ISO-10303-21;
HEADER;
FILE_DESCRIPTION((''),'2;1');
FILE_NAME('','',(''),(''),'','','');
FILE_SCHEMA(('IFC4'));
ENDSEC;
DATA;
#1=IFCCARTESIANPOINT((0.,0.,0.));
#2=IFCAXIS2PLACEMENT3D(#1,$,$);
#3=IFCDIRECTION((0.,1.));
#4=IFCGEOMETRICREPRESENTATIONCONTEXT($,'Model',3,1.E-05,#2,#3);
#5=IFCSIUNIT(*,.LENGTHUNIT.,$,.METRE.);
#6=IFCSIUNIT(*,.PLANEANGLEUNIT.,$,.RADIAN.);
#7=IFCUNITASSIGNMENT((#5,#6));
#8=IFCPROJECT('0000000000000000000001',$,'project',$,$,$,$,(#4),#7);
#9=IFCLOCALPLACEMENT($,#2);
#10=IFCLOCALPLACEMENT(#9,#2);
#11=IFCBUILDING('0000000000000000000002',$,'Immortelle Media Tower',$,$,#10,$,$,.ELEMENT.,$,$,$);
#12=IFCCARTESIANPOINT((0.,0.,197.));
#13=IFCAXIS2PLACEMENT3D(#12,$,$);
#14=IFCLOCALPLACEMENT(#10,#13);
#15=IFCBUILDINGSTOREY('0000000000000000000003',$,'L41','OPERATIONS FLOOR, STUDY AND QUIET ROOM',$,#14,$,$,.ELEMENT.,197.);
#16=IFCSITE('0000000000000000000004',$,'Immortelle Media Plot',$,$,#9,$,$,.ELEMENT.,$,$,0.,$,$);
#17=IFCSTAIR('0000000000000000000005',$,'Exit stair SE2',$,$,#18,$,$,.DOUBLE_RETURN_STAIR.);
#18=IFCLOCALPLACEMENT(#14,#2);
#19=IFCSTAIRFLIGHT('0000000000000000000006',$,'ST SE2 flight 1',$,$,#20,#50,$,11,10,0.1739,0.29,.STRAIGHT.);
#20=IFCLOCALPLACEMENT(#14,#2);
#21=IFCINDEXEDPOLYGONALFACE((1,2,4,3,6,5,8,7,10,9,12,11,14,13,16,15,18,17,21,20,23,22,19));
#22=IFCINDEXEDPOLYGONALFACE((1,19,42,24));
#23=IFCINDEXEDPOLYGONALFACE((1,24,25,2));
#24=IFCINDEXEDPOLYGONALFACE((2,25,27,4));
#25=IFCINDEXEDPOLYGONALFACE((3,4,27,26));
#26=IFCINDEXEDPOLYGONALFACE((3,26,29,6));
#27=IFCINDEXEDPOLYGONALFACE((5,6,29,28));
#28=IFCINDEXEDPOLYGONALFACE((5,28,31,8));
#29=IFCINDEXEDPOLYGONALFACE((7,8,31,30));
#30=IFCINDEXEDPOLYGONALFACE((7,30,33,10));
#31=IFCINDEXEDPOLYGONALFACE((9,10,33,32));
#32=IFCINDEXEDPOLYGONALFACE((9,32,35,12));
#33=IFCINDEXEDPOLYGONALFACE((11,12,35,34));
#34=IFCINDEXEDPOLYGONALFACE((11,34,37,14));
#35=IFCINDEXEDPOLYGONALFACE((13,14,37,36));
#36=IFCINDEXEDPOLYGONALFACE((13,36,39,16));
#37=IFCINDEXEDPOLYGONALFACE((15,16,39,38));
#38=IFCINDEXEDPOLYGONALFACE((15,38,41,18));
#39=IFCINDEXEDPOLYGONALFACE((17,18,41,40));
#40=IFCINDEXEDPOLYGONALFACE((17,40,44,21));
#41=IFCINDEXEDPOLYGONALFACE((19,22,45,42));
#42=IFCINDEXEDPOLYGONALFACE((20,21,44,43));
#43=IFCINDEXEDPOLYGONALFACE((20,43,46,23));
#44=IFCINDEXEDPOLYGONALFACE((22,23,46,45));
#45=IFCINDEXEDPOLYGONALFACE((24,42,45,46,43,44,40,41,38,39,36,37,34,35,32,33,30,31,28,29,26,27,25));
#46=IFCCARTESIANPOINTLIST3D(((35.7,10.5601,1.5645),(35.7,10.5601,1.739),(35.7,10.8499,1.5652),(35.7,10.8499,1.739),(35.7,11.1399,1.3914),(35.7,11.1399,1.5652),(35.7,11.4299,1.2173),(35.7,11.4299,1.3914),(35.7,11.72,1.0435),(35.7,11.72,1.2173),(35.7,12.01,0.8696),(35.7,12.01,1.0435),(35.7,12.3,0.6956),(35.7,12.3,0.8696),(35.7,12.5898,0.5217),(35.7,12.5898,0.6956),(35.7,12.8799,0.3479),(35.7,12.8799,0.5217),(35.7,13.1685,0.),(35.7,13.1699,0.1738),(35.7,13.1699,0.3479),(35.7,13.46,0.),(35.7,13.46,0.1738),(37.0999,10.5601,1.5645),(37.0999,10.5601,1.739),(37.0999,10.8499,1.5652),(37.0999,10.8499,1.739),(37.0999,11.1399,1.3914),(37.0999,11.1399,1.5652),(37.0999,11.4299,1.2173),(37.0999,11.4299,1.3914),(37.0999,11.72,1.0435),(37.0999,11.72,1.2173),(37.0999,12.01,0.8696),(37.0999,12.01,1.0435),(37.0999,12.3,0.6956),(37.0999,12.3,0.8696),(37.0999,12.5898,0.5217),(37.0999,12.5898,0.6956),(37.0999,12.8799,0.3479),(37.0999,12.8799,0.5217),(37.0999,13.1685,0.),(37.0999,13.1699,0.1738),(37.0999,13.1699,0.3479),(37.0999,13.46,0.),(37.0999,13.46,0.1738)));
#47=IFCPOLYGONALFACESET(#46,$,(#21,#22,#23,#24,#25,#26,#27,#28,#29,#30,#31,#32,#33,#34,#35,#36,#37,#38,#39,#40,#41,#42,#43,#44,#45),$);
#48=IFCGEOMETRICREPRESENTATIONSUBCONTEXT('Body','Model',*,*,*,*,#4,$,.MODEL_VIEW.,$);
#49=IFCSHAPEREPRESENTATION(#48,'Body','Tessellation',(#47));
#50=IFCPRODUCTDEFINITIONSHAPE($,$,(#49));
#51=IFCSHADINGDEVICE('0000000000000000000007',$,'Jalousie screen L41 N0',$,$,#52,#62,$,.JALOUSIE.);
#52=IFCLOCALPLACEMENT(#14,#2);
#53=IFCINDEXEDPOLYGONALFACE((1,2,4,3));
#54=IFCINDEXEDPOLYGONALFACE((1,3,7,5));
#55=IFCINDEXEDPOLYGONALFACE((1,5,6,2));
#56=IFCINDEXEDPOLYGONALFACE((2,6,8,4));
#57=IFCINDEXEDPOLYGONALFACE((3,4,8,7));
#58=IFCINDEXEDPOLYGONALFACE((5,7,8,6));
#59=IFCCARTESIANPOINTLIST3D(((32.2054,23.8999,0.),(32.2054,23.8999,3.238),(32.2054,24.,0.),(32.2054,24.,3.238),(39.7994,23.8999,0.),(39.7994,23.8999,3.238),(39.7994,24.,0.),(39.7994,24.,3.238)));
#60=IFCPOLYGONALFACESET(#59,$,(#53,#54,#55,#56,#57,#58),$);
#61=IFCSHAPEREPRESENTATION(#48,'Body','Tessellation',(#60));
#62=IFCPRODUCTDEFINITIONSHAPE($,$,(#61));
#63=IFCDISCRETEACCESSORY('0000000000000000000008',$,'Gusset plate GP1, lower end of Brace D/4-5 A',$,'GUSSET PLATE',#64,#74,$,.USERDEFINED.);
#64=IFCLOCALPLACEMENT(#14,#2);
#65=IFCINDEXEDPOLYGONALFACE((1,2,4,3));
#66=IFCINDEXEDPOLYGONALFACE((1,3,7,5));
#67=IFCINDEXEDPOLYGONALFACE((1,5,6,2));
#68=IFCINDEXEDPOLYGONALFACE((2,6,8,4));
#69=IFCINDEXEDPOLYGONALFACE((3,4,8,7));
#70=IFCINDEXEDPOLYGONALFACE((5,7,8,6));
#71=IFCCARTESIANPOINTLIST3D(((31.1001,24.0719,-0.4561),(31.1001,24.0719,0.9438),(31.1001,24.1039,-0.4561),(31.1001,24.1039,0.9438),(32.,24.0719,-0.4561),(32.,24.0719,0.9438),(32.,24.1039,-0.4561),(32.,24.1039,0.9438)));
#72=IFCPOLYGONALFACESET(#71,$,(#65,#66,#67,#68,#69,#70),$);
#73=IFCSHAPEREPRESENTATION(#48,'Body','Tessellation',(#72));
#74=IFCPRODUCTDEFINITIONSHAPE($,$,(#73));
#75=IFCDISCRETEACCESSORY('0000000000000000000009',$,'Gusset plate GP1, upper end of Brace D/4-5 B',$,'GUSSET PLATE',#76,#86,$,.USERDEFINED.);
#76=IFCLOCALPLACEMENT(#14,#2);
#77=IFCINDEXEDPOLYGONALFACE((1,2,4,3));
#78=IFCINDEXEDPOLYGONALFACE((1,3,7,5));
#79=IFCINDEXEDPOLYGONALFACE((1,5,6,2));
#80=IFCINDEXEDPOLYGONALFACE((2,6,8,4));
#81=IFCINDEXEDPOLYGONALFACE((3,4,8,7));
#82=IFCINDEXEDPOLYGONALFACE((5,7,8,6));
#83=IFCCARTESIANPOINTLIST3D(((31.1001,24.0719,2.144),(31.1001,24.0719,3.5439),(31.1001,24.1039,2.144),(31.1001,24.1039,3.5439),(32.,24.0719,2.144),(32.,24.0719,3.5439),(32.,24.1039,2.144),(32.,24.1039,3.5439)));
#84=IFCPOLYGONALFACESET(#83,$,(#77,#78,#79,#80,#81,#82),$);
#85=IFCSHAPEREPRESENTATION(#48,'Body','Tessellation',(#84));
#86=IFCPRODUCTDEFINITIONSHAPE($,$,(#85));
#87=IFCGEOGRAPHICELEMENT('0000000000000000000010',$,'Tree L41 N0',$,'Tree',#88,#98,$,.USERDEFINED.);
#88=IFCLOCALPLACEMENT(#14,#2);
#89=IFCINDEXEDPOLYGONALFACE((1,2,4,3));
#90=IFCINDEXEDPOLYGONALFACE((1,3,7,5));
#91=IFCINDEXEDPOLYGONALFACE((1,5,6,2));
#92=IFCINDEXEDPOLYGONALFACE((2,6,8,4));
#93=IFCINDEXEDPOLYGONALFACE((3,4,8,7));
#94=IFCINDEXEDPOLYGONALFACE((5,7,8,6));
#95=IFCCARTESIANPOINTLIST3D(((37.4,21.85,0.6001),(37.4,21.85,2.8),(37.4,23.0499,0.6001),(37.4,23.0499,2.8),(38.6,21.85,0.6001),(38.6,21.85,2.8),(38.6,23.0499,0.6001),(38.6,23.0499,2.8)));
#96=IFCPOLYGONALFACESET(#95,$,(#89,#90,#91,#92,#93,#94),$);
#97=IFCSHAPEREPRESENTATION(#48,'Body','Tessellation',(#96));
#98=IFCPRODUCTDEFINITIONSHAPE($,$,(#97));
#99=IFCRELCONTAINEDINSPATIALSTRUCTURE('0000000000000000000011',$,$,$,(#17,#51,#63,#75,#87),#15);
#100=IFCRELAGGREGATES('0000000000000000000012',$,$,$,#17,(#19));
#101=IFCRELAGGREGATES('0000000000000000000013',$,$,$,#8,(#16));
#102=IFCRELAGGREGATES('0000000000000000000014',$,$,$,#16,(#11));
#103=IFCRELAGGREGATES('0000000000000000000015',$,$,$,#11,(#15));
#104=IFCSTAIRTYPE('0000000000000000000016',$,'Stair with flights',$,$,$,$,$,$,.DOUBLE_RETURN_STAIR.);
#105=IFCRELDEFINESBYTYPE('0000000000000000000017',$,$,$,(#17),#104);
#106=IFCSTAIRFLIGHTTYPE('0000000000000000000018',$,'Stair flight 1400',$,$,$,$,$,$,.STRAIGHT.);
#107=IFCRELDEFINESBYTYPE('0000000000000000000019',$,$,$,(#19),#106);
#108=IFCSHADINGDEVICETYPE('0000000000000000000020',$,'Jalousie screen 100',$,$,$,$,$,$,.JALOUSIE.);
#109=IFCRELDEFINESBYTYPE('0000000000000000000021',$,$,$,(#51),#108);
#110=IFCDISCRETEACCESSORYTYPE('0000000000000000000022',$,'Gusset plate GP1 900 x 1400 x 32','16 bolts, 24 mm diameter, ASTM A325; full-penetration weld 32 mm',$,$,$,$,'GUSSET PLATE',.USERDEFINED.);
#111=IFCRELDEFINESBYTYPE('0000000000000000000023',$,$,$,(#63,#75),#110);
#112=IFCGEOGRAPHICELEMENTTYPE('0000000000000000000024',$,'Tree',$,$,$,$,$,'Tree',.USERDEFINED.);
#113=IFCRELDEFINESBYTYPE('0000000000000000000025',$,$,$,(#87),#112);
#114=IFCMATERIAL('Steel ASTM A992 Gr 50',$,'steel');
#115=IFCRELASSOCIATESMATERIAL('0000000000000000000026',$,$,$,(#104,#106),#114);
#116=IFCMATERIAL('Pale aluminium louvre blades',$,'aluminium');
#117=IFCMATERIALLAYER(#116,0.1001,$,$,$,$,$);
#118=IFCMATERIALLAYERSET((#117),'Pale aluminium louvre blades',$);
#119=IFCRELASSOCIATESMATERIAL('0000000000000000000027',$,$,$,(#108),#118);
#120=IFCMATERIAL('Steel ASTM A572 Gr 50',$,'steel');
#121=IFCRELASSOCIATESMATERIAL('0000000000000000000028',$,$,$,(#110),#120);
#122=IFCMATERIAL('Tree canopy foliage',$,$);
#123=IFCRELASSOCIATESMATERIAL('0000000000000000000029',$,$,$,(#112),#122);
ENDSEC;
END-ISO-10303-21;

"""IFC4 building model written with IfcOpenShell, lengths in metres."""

from ifc_helpers import new_model, si_unit, direction, frame, origin, origin_2d, place, context, subcontext, project, spatial, polyline, rectangle, outline, extrude, material, layer, layer_set, material_profile, profile_set, type_object, element, aggregate, save


model = new_model("IFC4")

# Units and contexts
model_context = context("Model", 3, precision=1e-05, world=origin(), true_north=direction((0.0, 1.0)))
body_context = subcontext(model_context, "Body", "Model", "MODEL_VIEW")
ifc_project = project(units=[si_unit("LENGTHUNIT", "METRE"), si_unit("PLANEANGLEUNIT", "RADIAN")], contexts=[model_context])

# Site, building, storey
site_placement = place(None, origin())
site = spatial("IfcSite", under=ifc_project, at=site_placement, Name="Immortelle Media Plot", CompositionType="ELEMENT", RefElevation=0.0)
building_placement = place(site_placement, origin())
building = spatial("IfcBuilding", under=site, at=building_placement, Name="Immortelle Media Tower", CompositionType="ELEMENT")
storey_placement = place(building_placement, frame((0.0, 0.0, 197.0)))
storey = spatial("IfcBuildingStorey", under=building, at=storey_placement, Name="L41", Description="OPERATIONS FLOOR, STUDY AND QUIET ROOM", CompositionType="ELEMENT", Elevation=197.0)

# Shared definitions
ifc_material_1 = material(Name="Steel ASTM A992 Gr 50", Category="steel")

# Stair, stair flight
stair_type = type_object("IfcStairType", Name="Stair with flights", PredefinedType="DOUBLE_RETURN_STAIR", material=ifc_material_1)
stair_flight_type = type_object("IfcStairFlightType", Name="Stair flight 1400", PredefinedType="STRAIGHT", material=ifc_material_1)
stair_1_placement = place(storey_placement, origin())
stair_1 = element("IfcStair", 1, at=stair_1_placement, inside=storey, type_object=stair_type, Name="Exit stair SE2", PredefinedType="DOUBLE_RETURN_STAIR")
stair_flight_1_placement = place(storey_placement, frame((36.3999, 13.46, 0.0), z_axis=(0.0, 0.0, 1.0), x_axis=(0.0, -1.0, 0.0)))
stair_flight_1 = element("IfcStairFlight", 2, at=stair_flight_1_placement, type_object=stair_flight_type, Name="ST SE2 flight 1", NumberOfRisers=11, NumberOfTreads=10, PredefinedType="STRAIGHT", RiserHeight=0.1739, TreadLength=0.29, context=body_context, shape_type="SweptSolid", body=[
    extrude(outline(polyline([(0.0, 0.0), (0.0, 0.1738), (0.29, 0.1738), (0.29, 0.3479), (0.5801, 0.3479), (0.5801, 0.5217), (0.8701, 0.5217), (0.8701, 0.6956), (1.1599, 0.6956), (1.1599, 0.8696), (1.45, 0.8696), (1.45, 1.0435), (1.74, 1.0435), (1.74, 1.2173), (2.03, 1.2173), (2.03, 1.3914), (2.3201, 1.3914), (2.3201, 1.5652), (2.6101, 1.5652), (2.6101, 1.739), (2.8999, 1.739), (2.8999, 1.9131), (2.8999, 1.5645), (0.2915, 0.0), (0.0, 0.0)])), frame((0.0, 0.7, 0.0), z_axis=(0.0, -1.0, 0.0), x_axis=(1.0, 0.0, 0.0)), (0.0, 0.0, 1.0), 1.3999),
])
aggregate(stair_1, [stair_flight_1])

# Shading device
ifc_material_2 = material(Name="Pale aluminium louvre blades", Category="aluminium")
ifc_layer_1 = layer(ifc_material_2, 0.1001)
ifc_layer_set_1 = layer_set([ifc_layer_1], Name="Pale aluminium louvre blades")
shading_device_type = type_object("IfcShadingDeviceType", Name="Jalousie screen 100", PredefinedType="JALOUSIE", material=ifc_layer_set_1)
shading_device_placement = place(storey_placement, frame((36.0024, 23.95, 0.0), z_axis=(0.0, 0.0, 1.0), x_axis=(-1.0, 0.0, 0.0)))
element("IfcShadingDevice", 3, at=shading_device_placement, inside=storey, type_object=shading_device_type, Name="Jalousie screen L41 N0", PredefinedType="JALOUSIE", context=body_context, shape_type="SweptSolid", body=[
    extrude(rectangle(XDim=7.594, YDim=0.1001, at=origin_2d()), origin(), (0.0, 0.0, 1.0), 3.238),
])

# Discrete accessories
ifc_material_3 = material(Name="Steel ASTM A572 Gr 50", Category="steel")
ifc_material_profile_1 = material_profile(ifc_material_3, rectangle(XDim=0.032, YDim=1.3999, at=origin_2d()), Name="PL 32 x 1400")
ifc_profile_set_1 = profile_set([ifc_material_profile_1], Name="Steel ASTM A572 Gr 50")
discrete_accessory_type = type_object("IfcDiscreteAccessoryType", Name="Gusset plate GP1 900 x 1400 x 32", Description="16 bolts, 24 mm diameter, ASTM A325; full-penetration weld 32 mm", ElementType="GUSSET PLATE", PredefinedType="USERDEFINED", material=ifc_profile_set_1)
for number, where, z_axis, x_axis, name in (
    (4, (32.0, 24.0879, 0.2439), (-1.0, 0.0, 0.0), (0.0, -1.0, 0.0), "Gusset plate GP1, lower end of Brace D/4-5 A"),
    (5, (32.0, 24.0879, 2.844), (-1.0, 0.0, 0.0), (0.0, -1.0, 0.0), "Gusset plate GP1, upper end of Brace D/4-5 B"),
):
    element("IfcDiscreteAccessory", number, at=place(storey_placement, frame(where, z_axis=z_axis, x_axis=x_axis)), inside=storey, type_object=discrete_accessory_type, Name=name, ObjectType="GUSSET PLATE", PredefinedType="USERDEFINED", context=body_context, shape_type="SweptSolid", body=[
        extrude(rectangle(XDim=0.032, YDim=1.3999, at=origin_2d()), origin(), (0.0, 0.0, 1.0), 0.8999),
    ])

# Geographic element
ifc_material_4 = material(Name="Tree canopy foliage")
geographic_element_type = type_object("IfcGeographicElementType", Name="Tree", ElementType="Tree", PredefinedType="USERDEFINED", material=ifc_material_4)
geographic_element_placement = place(storey_placement, frame((38.0, 22.45, 0.6001), z_axis=(0.0, 0.0, 1.0), x_axis=(1.0, 0.0, 0.0)))
element("IfcGeographicElement", 6, at=geographic_element_placement, inside=storey, type_object=geographic_element_type, Name="Tree L41 N0", ObjectType="Tree", PredefinedType="USERDEFINED", context=body_context, shape_type="SweptSolid", body=[
    extrude(rectangle(XDim=1.2, YDim=1.2, at=origin_2d()), origin(), (0.0, 0.0, 1.0), 2.2),
])

save(model, "model.ifc")
